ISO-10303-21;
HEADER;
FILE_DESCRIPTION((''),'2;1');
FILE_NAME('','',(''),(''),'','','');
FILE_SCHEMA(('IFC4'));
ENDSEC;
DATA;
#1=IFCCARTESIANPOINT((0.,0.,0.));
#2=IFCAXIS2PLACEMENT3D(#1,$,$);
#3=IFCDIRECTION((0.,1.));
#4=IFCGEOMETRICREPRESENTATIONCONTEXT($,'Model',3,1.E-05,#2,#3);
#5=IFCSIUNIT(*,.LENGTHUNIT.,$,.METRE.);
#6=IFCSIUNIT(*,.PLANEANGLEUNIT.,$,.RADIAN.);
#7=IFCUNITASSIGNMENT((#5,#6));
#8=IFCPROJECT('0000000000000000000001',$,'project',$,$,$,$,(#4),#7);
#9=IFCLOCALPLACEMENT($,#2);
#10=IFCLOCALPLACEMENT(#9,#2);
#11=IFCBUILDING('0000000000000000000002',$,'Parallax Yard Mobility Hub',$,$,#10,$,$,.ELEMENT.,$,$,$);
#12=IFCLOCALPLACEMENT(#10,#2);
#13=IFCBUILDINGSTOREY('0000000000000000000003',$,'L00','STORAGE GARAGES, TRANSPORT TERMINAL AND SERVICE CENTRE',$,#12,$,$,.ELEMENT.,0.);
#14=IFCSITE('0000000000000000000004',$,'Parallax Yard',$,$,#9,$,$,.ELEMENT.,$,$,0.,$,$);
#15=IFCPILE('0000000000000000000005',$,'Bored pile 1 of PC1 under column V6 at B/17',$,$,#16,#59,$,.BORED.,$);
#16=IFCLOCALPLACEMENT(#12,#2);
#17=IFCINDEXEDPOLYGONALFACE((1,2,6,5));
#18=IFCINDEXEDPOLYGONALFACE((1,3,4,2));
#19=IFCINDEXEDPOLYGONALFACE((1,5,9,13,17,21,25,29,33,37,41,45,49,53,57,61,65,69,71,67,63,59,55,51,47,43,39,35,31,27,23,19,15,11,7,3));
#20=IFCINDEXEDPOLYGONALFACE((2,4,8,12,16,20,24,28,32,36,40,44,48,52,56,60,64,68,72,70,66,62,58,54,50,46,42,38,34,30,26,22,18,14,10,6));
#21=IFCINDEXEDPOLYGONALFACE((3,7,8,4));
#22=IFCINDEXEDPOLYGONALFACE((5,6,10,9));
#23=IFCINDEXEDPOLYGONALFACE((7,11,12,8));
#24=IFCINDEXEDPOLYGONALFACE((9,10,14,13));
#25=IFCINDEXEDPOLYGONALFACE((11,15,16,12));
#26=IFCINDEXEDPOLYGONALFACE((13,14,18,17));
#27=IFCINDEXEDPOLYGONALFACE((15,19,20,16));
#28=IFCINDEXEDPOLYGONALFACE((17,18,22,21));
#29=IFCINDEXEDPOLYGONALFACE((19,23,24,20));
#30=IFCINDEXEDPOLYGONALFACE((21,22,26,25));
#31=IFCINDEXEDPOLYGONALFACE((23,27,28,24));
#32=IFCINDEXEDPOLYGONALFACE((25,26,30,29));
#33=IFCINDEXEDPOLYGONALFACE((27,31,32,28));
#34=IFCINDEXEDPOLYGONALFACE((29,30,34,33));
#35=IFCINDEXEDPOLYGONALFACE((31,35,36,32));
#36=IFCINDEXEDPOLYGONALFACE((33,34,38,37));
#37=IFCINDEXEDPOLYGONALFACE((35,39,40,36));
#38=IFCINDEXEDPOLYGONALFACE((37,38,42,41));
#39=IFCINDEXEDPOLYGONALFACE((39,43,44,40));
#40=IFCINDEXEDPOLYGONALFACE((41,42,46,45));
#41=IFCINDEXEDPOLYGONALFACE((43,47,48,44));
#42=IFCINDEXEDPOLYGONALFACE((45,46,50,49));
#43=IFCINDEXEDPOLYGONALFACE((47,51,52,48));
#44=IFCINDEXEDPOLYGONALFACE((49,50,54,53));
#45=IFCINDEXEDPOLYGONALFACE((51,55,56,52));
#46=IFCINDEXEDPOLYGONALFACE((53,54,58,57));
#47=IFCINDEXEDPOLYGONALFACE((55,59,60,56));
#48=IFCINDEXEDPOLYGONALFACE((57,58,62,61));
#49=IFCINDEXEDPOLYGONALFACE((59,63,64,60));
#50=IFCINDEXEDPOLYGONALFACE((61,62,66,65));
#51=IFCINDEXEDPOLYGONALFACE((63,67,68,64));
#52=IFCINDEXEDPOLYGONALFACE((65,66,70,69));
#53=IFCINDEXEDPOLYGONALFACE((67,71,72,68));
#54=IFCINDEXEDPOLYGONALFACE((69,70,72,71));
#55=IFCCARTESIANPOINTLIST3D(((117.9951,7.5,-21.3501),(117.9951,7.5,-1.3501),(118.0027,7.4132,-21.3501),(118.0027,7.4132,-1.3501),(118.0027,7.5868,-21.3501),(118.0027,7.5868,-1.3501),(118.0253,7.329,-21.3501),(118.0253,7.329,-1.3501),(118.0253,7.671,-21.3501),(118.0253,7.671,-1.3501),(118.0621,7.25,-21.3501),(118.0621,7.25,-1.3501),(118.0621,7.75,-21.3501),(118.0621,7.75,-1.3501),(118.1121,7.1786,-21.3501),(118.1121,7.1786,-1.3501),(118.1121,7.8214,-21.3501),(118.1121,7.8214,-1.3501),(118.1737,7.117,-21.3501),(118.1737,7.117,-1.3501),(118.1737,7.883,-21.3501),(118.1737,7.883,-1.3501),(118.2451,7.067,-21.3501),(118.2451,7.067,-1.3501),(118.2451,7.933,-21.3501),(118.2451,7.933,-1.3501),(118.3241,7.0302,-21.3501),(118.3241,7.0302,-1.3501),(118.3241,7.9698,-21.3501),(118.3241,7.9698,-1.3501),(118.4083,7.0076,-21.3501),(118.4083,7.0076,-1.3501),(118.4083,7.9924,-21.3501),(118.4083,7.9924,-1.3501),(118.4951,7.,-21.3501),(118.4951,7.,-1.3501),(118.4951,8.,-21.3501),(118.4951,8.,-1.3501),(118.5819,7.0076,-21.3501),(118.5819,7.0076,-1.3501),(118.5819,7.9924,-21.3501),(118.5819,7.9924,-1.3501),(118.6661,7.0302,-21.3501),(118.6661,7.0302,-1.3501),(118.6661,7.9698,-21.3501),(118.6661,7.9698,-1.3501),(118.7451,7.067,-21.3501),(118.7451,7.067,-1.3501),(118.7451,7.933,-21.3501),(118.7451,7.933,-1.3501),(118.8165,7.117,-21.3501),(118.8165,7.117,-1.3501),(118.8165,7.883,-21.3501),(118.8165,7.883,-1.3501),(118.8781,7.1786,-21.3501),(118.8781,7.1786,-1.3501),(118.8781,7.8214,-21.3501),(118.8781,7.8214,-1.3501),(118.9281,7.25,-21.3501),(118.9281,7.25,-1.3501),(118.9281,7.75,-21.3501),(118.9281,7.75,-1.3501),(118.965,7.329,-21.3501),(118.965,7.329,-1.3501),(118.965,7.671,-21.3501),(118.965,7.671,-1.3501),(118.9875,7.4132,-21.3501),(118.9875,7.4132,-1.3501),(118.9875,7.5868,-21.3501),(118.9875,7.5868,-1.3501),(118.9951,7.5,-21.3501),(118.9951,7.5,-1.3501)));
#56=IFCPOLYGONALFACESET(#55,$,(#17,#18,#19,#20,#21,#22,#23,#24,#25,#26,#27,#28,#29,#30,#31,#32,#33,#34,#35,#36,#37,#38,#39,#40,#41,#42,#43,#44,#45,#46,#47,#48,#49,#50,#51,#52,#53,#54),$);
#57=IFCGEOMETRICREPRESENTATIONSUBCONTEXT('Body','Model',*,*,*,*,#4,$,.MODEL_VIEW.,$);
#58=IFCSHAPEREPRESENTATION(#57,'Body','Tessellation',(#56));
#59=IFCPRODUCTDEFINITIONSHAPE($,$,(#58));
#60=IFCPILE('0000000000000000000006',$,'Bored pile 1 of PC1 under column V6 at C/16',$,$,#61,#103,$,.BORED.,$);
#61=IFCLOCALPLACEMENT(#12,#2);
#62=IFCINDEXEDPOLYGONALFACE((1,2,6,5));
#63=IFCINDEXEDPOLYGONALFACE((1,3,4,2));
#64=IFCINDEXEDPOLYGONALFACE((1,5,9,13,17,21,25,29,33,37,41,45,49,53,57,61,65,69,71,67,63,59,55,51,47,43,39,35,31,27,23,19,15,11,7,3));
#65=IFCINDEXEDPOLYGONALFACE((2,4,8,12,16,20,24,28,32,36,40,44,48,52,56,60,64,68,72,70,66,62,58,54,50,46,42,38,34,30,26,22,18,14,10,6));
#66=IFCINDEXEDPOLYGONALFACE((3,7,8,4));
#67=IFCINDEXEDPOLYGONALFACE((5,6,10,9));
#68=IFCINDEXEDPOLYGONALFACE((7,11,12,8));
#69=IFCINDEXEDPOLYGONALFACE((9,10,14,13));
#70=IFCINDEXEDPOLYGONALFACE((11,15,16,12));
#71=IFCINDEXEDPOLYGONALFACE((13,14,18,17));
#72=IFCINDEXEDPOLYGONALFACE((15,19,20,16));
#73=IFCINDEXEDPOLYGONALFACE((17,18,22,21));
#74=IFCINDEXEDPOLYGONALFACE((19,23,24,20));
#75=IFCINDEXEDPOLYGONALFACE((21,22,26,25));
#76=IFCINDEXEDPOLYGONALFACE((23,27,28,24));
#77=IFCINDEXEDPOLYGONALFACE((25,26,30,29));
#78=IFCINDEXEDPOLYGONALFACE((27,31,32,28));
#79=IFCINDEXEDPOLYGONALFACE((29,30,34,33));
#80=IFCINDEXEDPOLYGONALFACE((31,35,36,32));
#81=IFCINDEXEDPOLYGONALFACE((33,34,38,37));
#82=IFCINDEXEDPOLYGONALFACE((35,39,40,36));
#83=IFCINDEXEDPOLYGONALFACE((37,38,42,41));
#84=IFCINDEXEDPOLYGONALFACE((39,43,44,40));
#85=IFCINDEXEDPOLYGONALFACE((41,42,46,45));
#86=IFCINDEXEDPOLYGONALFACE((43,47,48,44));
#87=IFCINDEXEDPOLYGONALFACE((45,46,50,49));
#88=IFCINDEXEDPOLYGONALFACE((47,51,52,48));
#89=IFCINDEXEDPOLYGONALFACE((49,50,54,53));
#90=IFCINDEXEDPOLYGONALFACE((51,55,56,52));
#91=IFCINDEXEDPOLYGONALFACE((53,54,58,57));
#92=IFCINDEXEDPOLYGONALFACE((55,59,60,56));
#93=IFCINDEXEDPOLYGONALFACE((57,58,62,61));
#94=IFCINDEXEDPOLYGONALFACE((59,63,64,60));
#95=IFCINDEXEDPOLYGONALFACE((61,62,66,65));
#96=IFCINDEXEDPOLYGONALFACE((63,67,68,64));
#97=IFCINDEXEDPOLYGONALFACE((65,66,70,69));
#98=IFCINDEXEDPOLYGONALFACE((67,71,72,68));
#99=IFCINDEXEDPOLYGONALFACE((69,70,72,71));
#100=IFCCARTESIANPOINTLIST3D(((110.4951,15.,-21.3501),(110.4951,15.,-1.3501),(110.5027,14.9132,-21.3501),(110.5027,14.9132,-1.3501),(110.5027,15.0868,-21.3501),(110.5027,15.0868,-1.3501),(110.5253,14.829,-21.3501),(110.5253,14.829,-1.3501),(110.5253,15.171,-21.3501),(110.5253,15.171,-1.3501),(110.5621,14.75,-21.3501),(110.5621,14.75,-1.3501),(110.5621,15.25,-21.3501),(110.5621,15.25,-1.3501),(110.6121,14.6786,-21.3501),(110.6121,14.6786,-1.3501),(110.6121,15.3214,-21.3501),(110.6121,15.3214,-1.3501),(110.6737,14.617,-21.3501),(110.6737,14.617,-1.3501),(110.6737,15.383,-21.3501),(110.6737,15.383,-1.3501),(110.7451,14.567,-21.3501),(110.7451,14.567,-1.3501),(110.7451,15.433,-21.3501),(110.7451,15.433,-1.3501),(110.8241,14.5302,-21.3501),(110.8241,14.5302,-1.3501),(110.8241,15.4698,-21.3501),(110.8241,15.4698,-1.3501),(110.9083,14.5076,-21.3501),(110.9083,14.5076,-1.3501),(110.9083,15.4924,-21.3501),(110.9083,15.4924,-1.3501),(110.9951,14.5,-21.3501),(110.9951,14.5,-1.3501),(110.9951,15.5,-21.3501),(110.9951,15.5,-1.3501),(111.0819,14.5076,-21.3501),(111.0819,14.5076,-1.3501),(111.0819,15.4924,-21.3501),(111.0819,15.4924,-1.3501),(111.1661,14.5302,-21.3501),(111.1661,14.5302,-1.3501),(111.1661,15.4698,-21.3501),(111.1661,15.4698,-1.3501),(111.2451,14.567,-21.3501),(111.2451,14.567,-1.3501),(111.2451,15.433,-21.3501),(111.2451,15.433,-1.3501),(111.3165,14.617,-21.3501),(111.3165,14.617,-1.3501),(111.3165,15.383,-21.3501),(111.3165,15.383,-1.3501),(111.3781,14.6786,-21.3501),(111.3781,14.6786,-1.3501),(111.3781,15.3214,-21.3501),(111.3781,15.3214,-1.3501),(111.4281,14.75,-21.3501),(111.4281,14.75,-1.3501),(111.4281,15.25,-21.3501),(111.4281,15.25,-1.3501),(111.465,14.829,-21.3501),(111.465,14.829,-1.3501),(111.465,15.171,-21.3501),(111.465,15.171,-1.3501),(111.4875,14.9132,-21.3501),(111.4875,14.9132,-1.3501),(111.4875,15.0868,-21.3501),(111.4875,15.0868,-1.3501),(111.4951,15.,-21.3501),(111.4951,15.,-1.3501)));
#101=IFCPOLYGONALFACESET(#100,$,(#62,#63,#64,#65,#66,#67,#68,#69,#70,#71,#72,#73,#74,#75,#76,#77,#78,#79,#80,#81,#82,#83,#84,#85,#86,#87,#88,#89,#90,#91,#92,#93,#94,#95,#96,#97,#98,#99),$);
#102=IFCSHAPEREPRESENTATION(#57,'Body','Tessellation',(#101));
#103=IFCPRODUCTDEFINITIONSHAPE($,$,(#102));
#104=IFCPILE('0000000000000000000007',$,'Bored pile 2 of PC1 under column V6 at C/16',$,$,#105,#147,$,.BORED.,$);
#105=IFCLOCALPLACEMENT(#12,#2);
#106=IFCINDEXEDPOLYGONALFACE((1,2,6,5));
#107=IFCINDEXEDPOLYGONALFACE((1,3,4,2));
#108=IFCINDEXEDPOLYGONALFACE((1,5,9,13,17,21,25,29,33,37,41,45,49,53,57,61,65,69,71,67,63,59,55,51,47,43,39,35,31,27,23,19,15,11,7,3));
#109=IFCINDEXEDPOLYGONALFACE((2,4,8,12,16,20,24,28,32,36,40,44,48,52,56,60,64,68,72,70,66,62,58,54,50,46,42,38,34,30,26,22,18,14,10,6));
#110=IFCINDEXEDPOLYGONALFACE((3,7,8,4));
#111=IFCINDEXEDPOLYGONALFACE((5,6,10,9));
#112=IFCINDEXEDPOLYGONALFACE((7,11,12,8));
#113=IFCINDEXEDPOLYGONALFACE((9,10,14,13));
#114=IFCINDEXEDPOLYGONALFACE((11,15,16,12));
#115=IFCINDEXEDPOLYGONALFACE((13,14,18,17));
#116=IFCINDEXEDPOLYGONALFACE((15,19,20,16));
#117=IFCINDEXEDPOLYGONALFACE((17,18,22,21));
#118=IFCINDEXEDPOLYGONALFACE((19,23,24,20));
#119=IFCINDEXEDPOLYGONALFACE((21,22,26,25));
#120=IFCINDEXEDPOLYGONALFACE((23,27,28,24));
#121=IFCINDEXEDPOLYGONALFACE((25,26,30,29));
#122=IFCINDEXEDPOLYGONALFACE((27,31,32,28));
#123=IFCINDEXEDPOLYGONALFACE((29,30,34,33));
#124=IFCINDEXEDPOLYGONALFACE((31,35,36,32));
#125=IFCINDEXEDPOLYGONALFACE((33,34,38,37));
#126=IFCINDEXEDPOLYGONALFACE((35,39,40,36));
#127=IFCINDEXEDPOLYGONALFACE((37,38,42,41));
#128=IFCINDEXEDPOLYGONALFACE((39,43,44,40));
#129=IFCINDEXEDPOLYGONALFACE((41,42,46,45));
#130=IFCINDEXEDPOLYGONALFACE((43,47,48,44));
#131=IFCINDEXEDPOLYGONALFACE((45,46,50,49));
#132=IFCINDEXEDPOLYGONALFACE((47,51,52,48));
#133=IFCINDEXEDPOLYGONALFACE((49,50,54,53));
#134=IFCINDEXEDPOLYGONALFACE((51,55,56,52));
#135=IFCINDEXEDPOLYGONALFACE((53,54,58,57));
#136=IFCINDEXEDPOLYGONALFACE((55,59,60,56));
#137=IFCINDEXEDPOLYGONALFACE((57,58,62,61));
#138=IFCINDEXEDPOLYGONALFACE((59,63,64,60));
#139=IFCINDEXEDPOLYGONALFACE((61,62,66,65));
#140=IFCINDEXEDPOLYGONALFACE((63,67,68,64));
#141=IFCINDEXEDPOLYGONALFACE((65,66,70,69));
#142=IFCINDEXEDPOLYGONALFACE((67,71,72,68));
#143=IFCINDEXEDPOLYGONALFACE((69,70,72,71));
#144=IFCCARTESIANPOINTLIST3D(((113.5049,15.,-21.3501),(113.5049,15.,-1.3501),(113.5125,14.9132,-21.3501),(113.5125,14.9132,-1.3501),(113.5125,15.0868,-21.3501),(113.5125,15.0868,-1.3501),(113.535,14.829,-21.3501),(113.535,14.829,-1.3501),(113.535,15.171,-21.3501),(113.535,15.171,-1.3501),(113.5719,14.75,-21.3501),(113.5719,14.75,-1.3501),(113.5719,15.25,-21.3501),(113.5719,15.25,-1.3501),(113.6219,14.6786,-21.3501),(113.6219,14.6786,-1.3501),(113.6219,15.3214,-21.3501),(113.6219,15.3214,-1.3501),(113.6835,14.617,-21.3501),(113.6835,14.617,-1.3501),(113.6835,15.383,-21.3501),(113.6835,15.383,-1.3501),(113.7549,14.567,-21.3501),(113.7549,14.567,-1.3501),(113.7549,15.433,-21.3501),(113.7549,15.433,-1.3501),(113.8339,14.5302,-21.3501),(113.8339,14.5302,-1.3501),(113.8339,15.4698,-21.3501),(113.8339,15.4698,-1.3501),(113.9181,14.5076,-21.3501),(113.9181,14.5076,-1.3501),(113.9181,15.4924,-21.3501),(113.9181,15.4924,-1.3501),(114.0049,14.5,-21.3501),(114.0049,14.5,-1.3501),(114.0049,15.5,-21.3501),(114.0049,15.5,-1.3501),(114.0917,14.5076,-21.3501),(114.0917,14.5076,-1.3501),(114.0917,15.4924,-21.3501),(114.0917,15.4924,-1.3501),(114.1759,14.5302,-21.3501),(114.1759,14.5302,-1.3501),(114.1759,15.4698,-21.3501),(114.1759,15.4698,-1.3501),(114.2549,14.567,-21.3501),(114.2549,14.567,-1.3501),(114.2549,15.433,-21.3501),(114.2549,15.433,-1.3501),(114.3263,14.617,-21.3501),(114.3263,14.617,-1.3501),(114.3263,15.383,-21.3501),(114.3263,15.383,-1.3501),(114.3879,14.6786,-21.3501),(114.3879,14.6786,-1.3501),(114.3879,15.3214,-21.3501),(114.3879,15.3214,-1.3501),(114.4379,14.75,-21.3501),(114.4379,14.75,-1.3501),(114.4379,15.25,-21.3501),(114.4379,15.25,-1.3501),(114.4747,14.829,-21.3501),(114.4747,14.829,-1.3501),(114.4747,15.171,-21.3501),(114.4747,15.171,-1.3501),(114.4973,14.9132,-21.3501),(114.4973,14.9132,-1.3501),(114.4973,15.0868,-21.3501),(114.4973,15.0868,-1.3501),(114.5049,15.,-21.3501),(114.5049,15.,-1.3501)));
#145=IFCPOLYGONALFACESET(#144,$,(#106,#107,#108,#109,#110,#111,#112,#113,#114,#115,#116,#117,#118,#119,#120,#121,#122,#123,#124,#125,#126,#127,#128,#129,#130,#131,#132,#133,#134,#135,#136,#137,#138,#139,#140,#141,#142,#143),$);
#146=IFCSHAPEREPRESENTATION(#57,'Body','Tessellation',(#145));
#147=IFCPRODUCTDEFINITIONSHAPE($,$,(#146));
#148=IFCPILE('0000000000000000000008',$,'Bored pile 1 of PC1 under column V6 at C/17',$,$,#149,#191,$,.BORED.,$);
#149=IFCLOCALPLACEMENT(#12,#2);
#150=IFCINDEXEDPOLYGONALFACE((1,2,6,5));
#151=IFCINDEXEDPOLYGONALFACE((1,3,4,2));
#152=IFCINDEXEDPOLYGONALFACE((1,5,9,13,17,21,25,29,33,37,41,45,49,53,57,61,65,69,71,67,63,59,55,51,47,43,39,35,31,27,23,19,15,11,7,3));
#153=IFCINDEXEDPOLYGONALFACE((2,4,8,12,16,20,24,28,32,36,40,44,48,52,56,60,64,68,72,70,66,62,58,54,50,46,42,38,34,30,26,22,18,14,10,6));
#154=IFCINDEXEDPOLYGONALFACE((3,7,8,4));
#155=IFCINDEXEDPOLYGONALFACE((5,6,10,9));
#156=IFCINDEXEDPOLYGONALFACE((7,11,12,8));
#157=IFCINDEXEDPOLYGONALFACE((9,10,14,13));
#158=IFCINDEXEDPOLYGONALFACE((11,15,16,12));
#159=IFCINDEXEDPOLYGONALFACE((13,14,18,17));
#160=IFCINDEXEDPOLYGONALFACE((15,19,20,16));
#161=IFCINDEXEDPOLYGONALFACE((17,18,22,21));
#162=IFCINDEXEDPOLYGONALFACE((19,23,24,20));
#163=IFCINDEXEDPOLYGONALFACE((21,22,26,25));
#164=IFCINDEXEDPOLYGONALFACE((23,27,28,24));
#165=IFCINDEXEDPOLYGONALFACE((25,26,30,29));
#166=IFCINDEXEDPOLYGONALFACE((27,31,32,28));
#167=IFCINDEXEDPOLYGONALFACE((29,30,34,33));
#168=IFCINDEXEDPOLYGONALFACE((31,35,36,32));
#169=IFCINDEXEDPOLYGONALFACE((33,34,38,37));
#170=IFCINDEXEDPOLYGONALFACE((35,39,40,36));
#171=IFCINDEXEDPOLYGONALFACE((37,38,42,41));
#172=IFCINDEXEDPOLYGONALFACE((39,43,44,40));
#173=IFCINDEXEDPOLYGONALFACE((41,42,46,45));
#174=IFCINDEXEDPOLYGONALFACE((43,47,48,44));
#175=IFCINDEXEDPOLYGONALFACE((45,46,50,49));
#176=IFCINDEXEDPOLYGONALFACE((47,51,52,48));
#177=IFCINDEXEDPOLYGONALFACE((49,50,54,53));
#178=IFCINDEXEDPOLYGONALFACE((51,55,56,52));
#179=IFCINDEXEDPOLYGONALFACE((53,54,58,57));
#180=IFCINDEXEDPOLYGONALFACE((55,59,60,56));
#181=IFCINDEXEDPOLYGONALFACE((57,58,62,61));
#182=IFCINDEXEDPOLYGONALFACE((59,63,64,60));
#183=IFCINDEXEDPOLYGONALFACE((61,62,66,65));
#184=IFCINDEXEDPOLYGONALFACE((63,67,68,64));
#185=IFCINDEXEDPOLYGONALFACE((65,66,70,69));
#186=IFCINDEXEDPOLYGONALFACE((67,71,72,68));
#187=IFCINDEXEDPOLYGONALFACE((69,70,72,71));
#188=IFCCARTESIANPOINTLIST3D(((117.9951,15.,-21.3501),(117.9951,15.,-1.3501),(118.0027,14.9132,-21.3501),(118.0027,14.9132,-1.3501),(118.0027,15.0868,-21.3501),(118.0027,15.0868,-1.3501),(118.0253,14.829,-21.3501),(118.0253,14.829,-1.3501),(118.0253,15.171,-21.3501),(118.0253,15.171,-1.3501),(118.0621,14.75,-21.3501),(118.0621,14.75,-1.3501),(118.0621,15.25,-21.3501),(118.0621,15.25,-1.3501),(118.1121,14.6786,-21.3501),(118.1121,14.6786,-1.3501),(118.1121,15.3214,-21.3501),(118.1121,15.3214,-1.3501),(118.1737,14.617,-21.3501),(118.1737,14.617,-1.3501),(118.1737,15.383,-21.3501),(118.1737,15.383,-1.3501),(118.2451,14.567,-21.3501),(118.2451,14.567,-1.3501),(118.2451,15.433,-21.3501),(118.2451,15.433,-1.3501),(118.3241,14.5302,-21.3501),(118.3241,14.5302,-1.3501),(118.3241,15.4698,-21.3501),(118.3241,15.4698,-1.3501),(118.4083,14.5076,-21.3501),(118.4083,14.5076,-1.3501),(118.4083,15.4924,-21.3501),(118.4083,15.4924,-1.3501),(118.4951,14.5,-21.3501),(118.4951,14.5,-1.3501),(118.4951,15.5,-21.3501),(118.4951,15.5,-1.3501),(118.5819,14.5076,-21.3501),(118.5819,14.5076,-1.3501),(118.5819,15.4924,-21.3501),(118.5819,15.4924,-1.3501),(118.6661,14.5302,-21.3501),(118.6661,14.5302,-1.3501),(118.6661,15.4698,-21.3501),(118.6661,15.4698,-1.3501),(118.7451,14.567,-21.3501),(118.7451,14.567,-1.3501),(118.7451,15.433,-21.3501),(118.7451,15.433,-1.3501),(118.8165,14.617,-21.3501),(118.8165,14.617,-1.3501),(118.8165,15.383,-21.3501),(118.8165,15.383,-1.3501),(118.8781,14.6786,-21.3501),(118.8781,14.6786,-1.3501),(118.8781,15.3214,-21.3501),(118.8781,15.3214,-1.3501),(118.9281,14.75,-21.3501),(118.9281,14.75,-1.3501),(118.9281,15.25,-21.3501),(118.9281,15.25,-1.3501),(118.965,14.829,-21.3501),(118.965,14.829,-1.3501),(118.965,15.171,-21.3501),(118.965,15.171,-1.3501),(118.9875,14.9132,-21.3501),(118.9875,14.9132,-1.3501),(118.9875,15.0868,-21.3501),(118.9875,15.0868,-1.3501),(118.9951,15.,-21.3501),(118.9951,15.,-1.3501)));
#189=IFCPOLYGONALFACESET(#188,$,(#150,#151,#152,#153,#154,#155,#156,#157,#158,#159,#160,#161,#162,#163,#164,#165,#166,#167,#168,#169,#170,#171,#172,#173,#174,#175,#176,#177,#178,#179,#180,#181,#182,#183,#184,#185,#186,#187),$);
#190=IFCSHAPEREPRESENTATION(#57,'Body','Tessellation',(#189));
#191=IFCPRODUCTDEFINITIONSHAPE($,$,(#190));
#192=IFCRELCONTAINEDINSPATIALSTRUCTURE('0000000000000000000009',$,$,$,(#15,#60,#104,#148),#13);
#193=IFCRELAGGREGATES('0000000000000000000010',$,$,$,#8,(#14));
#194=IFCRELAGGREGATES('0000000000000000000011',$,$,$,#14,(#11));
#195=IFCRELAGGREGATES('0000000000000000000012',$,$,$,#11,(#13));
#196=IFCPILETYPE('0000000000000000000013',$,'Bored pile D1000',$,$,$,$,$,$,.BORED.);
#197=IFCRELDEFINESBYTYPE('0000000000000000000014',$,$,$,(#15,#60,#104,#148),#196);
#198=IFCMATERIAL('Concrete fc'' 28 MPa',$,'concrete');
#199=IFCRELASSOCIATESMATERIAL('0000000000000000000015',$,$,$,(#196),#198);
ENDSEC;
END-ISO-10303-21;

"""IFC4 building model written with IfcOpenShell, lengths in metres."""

from ifc_helpers import new_model, si_unit, direction, frame, origin, origin_2d, place, context, subcontext, project, spatial, circle, extrude, material, material_profile, profile_set, type_object, element, save


model = new_model("IFC4")

# Units and contexts
model_context = context("Model", 3, precision=1e-05, world=origin(), true_north=direction((0.0, 1.0)))
body_context = subcontext(model_context, "Body", "Model", "MODEL_VIEW")
ifc_project = project(units=[si_unit("LENGTHUNIT", "METRE"), si_unit("PLANEANGLEUNIT", "RADIAN")], contexts=[model_context])

# Site, building, storey
site_placement = place(None, origin())
site = spatial("IfcSite", under=ifc_project, at=site_placement, Name="Parallax Yard", CompositionType="ELEMENT", RefElevation=0.0)
building_placement = place(site_placement, origin())
building = spatial("IfcBuilding", under=site, at=building_placement, Name="Parallax Yard Mobility Hub", CompositionType="ELEMENT")
storey_placement = place(building_placement, origin())
storey = spatial("IfcBuildingStorey", under=building, at=storey_placement, Name="L00", Description="STORAGE GARAGES, TRANSPORT TERMINAL AND SERVICE CENTRE", CompositionType="ELEMENT", Elevation=0.0)

# Piles
ifc_material_1 = material(Name="Concrete fc' 28 MPa", Category="concrete")
ifc_material_profile_1 = material_profile(ifc_material_1, circle(Radius=0.5, at=origin_2d()), Name="Bored pile D1000")
ifc_profile_set_1 = profile_set([ifc_material_profile_1], Name="Concrete fc' 28 MPa")
pile_type = type_object("IfcPileType", Name="Bored pile D1000", PredefinedType="BORED", material=ifc_profile_set_1)
for number, where, z_axis, x_axis, name in (
    (1, (118.4951, 7.5, -1.3501), (0.0, 0.0, -1.0), (1.0, 0.0, 0.0), "Bored pile 1 of PC1 under column V6 at B/17"),
    (2, (110.9951, 15.0, -1.3501), (0.0, 0.0, -1.0), (1.0, 0.0, 0.0), "Bored pile 1 of PC1 under column V6 at C/16"),
    (3, (114.0049, 15.0, -1.3501), (0.0, 0.0, -1.0), (1.0, 0.0, 0.0), "Bored pile 2 of PC1 under column V6 at C/16"),
    (4, (118.4951, 15.0, -1.3501), (0.0, 0.0, -1.0), (1.0, 0.0, 0.0), "Bored pile 1 of PC1 under column V6 at C/17"),
):
    element("IfcPile", number, at=place(storey_placement, frame(where, z_axis=z_axis, x_axis=x_axis)), inside=storey, type_object=pile_type, Name=name, PredefinedType="BORED", context=body_context, shape_type="SweptSolid", body=[
        extrude(circle(Radius=0.5, at=origin_2d()), origin(), (0.0, 0.0, 1.0), 20.0),
    ])

save(model, "model.ifc")
